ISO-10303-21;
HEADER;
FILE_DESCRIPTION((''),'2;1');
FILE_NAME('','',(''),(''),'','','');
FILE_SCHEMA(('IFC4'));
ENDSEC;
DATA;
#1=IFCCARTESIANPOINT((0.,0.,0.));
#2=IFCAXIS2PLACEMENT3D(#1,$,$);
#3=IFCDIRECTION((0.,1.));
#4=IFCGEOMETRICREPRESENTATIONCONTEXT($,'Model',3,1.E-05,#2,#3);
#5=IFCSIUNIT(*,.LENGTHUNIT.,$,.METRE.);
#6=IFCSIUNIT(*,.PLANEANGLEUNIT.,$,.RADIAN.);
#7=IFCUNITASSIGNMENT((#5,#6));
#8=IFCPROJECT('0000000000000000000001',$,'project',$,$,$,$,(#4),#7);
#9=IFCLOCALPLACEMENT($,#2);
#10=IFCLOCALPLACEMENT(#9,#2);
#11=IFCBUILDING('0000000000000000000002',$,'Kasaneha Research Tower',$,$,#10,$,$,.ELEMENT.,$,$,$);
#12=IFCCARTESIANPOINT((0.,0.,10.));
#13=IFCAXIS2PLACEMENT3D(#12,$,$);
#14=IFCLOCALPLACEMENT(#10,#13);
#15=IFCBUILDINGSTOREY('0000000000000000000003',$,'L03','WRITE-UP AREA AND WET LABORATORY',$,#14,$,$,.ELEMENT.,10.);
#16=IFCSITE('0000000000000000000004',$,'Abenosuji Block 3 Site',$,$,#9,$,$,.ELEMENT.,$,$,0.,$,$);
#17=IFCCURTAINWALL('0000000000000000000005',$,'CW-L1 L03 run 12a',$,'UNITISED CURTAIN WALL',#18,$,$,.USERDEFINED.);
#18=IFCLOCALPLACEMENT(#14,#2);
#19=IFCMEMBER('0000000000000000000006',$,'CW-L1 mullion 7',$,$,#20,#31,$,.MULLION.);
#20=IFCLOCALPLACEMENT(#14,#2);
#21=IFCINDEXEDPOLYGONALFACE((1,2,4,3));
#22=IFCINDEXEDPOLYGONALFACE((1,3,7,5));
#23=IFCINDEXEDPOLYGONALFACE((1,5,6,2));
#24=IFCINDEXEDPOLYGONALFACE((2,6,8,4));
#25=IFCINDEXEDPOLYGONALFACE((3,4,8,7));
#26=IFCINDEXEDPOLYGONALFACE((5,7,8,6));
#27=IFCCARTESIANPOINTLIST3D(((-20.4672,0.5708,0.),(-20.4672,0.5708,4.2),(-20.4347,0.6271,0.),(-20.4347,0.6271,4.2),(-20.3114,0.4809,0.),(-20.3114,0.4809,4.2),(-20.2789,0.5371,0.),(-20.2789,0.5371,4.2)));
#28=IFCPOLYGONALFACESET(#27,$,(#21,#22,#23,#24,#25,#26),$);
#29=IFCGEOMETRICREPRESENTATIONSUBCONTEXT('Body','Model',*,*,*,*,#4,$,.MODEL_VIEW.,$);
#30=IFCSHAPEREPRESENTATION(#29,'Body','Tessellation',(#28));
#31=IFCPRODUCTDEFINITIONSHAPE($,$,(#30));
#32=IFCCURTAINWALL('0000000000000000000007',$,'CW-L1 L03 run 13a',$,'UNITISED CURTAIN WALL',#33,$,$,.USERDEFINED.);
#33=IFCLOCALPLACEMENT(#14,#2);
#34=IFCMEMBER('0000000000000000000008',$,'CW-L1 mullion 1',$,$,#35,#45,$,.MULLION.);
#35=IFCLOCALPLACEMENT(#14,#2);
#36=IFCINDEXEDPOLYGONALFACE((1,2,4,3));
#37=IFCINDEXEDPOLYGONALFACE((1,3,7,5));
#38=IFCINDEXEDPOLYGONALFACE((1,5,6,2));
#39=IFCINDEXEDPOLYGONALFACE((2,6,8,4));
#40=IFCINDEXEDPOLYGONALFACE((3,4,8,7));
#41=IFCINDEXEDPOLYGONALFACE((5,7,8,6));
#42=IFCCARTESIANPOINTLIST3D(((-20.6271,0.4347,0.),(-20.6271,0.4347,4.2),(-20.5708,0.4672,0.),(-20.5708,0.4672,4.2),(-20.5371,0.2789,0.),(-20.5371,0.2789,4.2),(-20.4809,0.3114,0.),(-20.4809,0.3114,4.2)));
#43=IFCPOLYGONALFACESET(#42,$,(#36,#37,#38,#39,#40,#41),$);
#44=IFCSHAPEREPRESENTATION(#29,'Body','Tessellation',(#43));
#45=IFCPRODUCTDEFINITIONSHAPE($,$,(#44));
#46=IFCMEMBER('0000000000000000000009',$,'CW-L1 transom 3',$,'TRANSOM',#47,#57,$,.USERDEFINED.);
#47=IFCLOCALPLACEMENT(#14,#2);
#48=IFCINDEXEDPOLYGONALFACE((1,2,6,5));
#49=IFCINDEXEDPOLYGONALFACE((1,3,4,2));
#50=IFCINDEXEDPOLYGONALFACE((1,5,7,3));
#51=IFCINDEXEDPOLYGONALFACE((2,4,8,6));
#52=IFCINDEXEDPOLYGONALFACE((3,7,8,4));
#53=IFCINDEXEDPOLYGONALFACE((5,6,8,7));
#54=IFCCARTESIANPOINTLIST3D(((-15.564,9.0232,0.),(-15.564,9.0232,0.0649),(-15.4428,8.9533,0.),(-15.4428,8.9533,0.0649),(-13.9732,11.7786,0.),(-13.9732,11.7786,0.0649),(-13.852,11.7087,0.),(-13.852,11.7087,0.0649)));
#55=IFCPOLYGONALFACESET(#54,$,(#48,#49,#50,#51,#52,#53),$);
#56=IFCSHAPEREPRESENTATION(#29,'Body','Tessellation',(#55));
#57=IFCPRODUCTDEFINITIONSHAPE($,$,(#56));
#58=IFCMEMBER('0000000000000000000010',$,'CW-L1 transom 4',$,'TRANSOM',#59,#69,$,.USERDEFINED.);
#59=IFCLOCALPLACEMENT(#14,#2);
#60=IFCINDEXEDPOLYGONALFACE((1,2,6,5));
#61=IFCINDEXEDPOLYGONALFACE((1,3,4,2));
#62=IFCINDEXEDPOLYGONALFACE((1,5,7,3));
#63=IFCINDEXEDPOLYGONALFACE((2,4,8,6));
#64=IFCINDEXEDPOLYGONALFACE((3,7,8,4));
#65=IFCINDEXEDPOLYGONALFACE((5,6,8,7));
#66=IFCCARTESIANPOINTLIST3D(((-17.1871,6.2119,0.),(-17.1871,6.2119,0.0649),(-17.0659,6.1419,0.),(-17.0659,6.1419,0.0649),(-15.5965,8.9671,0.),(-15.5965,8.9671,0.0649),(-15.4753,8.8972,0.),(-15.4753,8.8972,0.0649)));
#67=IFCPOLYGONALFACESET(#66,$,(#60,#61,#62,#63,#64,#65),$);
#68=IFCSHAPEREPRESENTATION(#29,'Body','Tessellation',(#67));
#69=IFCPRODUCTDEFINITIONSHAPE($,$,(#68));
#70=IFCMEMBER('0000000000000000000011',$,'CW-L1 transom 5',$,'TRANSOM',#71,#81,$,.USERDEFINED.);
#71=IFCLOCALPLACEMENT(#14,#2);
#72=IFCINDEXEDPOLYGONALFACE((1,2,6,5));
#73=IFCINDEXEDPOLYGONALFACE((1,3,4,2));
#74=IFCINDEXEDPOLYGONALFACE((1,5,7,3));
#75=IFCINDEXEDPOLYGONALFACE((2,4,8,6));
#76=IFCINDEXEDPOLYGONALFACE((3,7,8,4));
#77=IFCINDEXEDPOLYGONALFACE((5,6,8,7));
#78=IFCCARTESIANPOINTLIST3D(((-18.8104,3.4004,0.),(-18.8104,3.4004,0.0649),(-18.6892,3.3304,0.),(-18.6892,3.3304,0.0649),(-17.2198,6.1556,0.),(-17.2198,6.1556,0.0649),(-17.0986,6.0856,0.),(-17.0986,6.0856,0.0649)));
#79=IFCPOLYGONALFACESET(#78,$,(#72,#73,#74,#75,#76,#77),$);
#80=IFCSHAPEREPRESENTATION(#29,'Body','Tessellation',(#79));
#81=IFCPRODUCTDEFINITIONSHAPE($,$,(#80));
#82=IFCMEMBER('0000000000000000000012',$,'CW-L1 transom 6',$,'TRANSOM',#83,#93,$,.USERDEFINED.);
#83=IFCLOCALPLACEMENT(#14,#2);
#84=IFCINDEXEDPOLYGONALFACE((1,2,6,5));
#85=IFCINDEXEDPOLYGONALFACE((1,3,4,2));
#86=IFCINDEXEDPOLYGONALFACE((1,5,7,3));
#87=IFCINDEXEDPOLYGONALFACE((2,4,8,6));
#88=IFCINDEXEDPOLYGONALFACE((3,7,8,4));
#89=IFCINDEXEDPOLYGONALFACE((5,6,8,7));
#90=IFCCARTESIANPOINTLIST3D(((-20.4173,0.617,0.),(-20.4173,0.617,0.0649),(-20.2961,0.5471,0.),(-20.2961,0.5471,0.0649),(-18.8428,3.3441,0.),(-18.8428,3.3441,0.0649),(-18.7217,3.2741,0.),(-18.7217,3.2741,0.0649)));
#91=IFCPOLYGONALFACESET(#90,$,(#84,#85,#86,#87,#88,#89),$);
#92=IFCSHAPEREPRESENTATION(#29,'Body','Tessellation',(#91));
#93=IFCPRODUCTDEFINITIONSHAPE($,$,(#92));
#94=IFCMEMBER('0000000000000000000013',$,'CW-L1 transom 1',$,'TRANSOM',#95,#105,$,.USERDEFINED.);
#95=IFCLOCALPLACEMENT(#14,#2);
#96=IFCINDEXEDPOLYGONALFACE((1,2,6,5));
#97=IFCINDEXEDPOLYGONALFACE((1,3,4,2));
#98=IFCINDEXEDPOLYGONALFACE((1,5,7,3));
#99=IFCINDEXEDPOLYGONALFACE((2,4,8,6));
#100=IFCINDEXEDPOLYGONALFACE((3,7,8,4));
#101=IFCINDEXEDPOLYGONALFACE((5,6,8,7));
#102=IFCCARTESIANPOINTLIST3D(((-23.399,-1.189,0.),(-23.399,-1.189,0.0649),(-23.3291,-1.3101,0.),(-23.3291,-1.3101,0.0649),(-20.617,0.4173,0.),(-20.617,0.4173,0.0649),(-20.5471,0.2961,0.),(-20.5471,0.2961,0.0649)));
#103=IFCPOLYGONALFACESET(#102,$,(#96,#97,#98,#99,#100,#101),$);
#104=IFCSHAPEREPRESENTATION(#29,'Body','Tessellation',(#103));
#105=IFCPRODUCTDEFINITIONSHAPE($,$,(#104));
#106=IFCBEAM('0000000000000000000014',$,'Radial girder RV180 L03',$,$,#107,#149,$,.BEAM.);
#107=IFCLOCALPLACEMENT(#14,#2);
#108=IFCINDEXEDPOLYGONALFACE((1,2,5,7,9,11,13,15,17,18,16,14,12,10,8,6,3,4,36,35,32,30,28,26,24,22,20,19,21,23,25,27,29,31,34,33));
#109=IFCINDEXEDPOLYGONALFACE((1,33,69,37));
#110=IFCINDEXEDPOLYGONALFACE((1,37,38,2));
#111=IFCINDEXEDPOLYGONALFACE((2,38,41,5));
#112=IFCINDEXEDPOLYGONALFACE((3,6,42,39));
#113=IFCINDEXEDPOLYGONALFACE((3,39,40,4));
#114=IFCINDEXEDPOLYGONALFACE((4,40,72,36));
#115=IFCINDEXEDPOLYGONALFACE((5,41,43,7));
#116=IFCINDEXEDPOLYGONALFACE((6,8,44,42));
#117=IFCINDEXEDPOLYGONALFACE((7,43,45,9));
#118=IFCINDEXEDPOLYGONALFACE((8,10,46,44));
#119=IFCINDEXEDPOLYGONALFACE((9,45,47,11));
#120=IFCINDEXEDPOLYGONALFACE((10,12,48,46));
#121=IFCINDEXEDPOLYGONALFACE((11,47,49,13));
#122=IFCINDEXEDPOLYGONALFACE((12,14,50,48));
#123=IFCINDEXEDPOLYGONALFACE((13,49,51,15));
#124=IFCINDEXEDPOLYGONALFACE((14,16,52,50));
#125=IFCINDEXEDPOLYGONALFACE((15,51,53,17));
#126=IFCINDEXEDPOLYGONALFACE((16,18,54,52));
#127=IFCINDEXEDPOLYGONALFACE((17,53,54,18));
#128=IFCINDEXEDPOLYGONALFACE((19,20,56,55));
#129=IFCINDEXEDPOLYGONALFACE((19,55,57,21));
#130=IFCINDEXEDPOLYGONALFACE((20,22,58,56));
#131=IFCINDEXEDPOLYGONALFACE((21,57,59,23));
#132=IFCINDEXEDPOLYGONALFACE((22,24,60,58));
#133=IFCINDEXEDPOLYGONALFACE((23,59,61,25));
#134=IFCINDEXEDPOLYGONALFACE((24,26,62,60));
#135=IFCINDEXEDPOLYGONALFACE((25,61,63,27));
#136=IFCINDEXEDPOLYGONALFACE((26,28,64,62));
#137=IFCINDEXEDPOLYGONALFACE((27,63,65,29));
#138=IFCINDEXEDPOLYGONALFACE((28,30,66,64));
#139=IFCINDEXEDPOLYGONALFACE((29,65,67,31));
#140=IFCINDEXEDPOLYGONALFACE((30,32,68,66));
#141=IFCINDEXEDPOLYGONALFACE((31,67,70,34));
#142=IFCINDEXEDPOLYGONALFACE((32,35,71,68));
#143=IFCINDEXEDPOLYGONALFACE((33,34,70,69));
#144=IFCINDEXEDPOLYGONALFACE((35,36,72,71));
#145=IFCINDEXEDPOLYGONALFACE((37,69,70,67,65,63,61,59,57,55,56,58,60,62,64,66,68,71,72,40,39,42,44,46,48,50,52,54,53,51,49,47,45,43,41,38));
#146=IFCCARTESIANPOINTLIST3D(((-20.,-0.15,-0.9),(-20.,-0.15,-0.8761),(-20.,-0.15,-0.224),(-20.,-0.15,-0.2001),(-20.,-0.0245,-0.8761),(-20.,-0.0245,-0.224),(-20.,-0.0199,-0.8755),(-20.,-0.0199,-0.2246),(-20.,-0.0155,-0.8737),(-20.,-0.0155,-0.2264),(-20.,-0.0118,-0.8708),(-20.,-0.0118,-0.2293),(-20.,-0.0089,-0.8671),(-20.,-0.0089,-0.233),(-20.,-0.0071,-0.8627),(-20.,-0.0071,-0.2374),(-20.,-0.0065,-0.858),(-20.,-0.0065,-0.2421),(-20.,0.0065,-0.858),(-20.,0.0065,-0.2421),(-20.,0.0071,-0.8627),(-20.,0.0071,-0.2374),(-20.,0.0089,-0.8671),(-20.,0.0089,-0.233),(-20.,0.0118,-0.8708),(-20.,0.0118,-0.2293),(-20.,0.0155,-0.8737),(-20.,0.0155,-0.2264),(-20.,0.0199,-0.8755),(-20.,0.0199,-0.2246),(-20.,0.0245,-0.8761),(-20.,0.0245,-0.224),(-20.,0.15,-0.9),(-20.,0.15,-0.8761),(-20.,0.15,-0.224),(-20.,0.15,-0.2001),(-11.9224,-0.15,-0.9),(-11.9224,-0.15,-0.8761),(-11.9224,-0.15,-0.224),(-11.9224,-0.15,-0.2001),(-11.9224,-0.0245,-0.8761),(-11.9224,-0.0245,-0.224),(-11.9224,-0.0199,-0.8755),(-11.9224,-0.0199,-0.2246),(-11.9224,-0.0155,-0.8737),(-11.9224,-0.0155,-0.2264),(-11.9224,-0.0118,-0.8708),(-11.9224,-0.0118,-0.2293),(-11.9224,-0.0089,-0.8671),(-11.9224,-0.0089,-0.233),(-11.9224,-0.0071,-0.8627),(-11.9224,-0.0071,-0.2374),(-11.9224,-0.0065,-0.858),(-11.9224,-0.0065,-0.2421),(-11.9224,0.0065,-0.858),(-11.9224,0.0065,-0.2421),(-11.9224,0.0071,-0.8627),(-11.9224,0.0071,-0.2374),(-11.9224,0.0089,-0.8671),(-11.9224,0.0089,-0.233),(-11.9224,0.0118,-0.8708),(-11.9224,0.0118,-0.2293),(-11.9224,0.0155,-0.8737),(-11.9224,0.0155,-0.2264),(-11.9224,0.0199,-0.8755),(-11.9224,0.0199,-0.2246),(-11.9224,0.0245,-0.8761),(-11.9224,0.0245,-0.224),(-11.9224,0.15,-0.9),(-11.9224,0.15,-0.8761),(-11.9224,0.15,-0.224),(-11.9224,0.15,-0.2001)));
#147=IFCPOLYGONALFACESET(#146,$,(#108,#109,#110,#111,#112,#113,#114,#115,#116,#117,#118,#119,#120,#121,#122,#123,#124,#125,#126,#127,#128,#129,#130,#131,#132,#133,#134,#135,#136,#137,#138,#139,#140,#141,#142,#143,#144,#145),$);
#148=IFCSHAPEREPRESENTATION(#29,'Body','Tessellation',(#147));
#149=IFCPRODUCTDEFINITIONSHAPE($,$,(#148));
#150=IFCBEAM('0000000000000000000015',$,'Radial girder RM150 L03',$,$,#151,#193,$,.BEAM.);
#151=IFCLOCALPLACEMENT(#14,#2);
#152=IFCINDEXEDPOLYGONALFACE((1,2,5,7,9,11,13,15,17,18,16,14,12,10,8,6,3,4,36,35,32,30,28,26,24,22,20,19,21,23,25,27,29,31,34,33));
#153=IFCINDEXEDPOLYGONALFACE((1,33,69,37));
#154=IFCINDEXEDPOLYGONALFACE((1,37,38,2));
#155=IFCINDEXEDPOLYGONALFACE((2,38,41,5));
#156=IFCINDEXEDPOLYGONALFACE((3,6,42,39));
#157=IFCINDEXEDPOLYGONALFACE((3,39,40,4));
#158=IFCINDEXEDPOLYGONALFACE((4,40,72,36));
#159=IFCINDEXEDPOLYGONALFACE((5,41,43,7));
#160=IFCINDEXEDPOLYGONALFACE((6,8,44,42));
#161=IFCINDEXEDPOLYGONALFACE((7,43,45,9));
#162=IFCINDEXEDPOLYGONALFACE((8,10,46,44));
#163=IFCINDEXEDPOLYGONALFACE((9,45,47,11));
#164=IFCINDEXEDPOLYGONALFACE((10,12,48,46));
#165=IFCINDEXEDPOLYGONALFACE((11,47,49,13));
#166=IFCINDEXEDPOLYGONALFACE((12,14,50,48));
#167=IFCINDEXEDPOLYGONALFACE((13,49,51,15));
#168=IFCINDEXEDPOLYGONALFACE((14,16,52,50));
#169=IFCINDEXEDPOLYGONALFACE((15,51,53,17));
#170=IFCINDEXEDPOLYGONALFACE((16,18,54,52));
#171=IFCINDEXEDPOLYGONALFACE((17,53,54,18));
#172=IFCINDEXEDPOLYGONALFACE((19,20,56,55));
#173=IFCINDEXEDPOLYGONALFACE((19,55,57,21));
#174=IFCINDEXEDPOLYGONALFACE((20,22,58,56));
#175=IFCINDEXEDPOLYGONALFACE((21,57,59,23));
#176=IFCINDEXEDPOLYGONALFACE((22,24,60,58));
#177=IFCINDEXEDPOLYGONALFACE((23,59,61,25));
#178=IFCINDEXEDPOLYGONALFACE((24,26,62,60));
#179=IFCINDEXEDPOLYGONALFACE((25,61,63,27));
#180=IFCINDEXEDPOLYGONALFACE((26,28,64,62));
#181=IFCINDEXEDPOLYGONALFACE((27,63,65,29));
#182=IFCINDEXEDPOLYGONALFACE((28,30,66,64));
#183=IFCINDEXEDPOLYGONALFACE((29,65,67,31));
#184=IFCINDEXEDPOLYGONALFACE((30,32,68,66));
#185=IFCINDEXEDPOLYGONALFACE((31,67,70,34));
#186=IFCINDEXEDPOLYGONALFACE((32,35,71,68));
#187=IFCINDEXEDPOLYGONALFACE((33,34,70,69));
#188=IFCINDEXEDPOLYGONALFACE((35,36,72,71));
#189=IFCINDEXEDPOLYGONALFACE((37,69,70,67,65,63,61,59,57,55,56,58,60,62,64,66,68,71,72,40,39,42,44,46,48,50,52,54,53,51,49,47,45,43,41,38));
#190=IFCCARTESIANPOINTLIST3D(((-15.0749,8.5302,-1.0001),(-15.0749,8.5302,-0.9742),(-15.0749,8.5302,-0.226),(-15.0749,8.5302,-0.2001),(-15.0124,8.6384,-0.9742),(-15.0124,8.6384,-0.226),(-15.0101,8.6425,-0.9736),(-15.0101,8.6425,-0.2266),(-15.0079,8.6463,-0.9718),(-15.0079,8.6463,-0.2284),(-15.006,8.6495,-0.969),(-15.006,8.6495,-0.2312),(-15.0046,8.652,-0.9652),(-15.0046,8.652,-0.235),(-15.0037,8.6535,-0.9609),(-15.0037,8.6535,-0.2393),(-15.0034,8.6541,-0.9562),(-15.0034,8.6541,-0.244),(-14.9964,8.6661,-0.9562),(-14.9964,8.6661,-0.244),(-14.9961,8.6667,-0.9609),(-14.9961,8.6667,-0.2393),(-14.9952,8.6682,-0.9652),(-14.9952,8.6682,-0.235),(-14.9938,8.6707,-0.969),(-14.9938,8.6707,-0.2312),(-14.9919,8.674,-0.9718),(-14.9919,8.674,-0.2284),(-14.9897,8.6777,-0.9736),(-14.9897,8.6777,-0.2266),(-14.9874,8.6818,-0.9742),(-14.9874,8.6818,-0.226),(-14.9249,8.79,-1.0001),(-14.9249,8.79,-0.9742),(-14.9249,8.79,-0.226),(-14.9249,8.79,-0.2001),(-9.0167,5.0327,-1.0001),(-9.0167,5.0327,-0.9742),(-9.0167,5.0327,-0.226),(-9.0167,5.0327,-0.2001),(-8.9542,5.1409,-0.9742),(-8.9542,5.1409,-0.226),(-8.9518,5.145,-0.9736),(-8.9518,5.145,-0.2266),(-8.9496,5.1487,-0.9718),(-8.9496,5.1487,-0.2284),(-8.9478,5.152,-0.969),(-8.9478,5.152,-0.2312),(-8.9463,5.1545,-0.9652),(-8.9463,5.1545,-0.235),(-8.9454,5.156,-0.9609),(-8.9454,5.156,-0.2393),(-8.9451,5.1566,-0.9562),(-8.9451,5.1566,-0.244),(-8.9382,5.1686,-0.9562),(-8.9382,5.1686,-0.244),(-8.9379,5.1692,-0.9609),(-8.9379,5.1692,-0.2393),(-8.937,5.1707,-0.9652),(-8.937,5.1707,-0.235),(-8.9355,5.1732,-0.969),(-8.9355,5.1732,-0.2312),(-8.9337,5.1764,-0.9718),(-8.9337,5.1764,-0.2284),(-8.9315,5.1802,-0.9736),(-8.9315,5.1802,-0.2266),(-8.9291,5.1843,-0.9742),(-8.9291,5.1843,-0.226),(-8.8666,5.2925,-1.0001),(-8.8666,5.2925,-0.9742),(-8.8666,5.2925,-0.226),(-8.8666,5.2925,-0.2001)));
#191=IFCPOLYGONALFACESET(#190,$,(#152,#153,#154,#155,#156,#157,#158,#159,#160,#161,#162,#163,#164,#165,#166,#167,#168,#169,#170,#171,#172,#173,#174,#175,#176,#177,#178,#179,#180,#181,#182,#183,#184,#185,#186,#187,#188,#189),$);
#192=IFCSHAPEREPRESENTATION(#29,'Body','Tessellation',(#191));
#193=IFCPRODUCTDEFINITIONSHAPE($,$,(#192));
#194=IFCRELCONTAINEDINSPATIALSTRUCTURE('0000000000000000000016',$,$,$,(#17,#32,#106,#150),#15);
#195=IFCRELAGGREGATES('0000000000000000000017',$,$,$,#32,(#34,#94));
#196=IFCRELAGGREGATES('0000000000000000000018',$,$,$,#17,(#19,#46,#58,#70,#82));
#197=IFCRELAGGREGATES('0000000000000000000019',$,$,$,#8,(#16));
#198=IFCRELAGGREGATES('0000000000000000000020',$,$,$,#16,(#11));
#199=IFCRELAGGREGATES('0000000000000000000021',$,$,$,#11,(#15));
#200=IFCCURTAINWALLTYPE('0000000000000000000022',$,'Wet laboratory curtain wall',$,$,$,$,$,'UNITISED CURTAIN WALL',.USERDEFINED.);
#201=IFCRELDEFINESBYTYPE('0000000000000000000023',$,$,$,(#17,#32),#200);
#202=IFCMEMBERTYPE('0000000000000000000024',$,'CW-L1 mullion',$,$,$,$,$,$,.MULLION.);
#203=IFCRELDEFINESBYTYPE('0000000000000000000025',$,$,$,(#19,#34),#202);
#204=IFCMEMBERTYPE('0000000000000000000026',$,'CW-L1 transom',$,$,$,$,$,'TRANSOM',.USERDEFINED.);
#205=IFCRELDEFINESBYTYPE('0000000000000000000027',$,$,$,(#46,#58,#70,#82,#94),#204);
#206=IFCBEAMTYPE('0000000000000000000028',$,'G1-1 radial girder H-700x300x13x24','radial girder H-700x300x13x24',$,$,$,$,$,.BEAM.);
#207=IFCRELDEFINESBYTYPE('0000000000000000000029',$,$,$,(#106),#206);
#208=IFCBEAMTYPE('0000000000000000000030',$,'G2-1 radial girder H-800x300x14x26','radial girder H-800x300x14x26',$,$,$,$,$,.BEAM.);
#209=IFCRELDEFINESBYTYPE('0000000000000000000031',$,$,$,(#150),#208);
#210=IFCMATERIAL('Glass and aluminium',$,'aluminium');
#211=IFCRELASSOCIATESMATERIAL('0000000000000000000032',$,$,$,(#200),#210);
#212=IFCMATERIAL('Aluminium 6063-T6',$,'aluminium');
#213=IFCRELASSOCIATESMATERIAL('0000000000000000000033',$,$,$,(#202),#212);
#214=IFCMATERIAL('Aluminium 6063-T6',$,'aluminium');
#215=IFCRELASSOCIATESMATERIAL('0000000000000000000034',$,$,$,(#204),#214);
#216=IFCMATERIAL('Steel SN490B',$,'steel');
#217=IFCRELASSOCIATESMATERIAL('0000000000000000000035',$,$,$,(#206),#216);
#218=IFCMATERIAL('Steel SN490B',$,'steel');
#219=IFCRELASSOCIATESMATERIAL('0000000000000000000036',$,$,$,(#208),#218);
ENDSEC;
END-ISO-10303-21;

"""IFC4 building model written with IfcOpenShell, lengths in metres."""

from ifc_helpers import new_model, si_unit, direction, frame, origin, origin_2d, place, context, subcontext, project, spatial, rectangle, i_section, extrude, material, material_profile, profile_set, type_object, element, aggregate, save


model = new_model("IFC4")

# Units and contexts
model_context = context("Model", 3, precision=1e-05, world=origin(), true_north=direction((0.0, 1.0)))
body_context = subcontext(model_context, "Body", "Model", "MODEL_VIEW")
ifc_project = project(units=[si_unit("LENGTHUNIT", "METRE"), si_unit("PLANEANGLEUNIT", "RADIAN")], contexts=[model_context])

# Site, building, storey
site_placement = place(None, origin())
site = spatial("IfcSite", under=ifc_project, at=site_placement, Name="Abenosuji Block 3 Site", CompositionType="ELEMENT", RefElevation=0.0)
building_placement = place(site_placement, origin())
building = spatial("IfcBuilding", under=site, at=building_placement, Name="Kasaneha Research Tower", CompositionType="ELEMENT")
storey_placement = place(building_placement, frame((0.0, 0.0, 10.0)))
storey = spatial("IfcBuildingStorey", under=building, at=storey_placement, Name="L03", Description="WRITE-UP AREA AND WET LABORATORY", CompositionType="ELEMENT", Elevation=10.0)

# Curtain wall, member
ifc_material_1 = material(Name="Glass and aluminium", Category="aluminium")
curtain_wall_type = type_object("IfcCurtainWallType", Name="Wet laboratory curtain wall", ElementType="UNITISED CURTAIN WALL", PredefinedType="USERDEFINED", material=ifc_material_1)
curtain_wall_1_placement = place(storey_placement, origin())
curtain_wall_1 = element("IfcCurtainWall", 1, at=curtain_wall_1_placement, inside=storey, type_object=curtain_wall_type, Name="CW-L1 L03 run 12a", ObjectType="UNITISED CURTAIN WALL", PredefinedType="USERDEFINED")
ifc_material_2 = material(Name="Aluminium 6063-T6", Category="aluminium")
ifc_material_profile_1 = material_profile(ifc_material_2, rectangle(XDim=0.0649, YDim=0.1799, at=origin_2d()), Name="CW-L1 mullion 65x180")
ifc_profile_set_1 = profile_set([ifc_material_profile_1], Name="Aluminium 6063-T6")
member_type_1 = type_object("IfcMemberType", Name="CW-L1 mullion", PredefinedType="MULLION", material=ifc_profile_set_1)
member_1_placement = place(storey_placement, frame((-20.373, 0.554, 0.0), z_axis=(0.0, 0.0, 1.0), x_axis=(-0.5, -0.866025, 0.0)))
member_1 = element("IfcMember", 2, at=member_1_placement, type_object=member_type_1, Name="CW-L1 mullion 7", PredefinedType="MULLION", context=body_context, shape_type="SweptSolid", body=[
    extrude(rectangle(XDim=0.0649, YDim=0.1799, at=origin_2d()), origin(), (0.0, 0.0, 1.0), 4.2),
])

# Curtain wall, member
curtain_wall_2_placement = place(storey_placement, origin())
curtain_wall_2 = element("IfcCurtainWall", 3, at=curtain_wall_2_placement, inside=storey, type_object=curtain_wall_type, Name="CW-L1 L03 run 13a", ObjectType="UNITISED CURTAIN WALL", PredefinedType="USERDEFINED")
member_2_placement = place(storey_placement, frame((-20.554, 0.373, 0.0), z_axis=(0.0, 0.0, 1.0), x_axis=(-0.866025, -0.5, 0.0)))
member_2 = element("IfcMember", 4, at=member_2_placement, type_object=member_type_1, Name="CW-L1 mullion 1", PredefinedType="MULLION", context=body_context, shape_type="SweptSolid", body=[
    extrude(rectangle(XDim=0.0649, YDim=0.1799, at=origin_2d()), origin(), (0.0, 0.0, 1.0), 4.2),
])

# Members
ifc_material_3 = material(Name="Aluminium 6063-T6", Category="aluminium")
ifc_material_profile_2 = material_profile(ifc_material_3, rectangle(XDim=0.1399, YDim=0.0649, at=origin_2d()), Name="CW-L1 transom 140x65")
ifc_profile_set_2 = profile_set([ifc_material_profile_2], Name="Aluminium 6063-T6")
member_type_2 = type_object("IfcMemberType", Name="CW-L1 transom", ElementType="TRANSOM", PredefinedType="USERDEFINED", material=ifc_profile_set_2)
member_3_placement = place(storey_placement, frame((-13.9126, 11.7437, 0.0325), z_axis=(-0.500001, -0.866025, 0.0), x_axis=(0.866025, -0.500001, 0.0)))
member_3 = element("IfcMember", 5, at=member_3_placement, type_object=member_type_2, Name="CW-L1 transom 3", ObjectType="TRANSOM", PredefinedType="USERDEFINED", context=body_context, shape_type="SweptSolid", body=[
    extrude(rectangle(XDim=0.1399, YDim=0.0649, at=origin_2d()), origin(), (0.0, 0.0, 1.0), 3.1816),
])
member_4_placement = place(storey_placement, frame((-15.5359, 8.9321, 0.0325), z_axis=(-0.499977, -0.866039, 0.0), x_axis=(0.866039, -0.499977, 0.0)))
member_4 = element("IfcMember", 6, at=member_4_placement, type_object=member_type_2, Name="CW-L1 transom 4", ObjectType="TRANSOM", PredefinedType="USERDEFINED", context=body_context, shape_type="SweptSolid", body=[
    extrude(rectangle(XDim=0.1399, YDim=0.0649, at=origin_2d()), origin(), (0.0, 0.0, 1.0), 3.1814),
])
member_5_placement = place(storey_placement, frame((-17.1592, 6.1206, 0.0325), z_axis=(-0.499977, -0.866039, 0.0), x_axis=(0.866039, -0.499977, 0.0)))
member_5 = element("IfcMember", 7, at=member_5_placement, type_object=member_type_2, Name="CW-L1 transom 5", ObjectType="TRANSOM", PredefinedType="USERDEFINED", context=body_context, shape_type="SweptSolid", body=[
    extrude(rectangle(XDim=0.1399, YDim=0.0649, at=origin_2d()), origin(), (0.0, 0.0, 1.0), 3.1814),
])
member_6_placement = place(storey_placement, frame((-18.7822, 3.3091, 0.0325), z_axis=(-0.5, -0.866025, 0.0), x_axis=(0.866025, -0.5, 0.0)))
member_6 = element("IfcMember", 8, at=member_6_placement, type_object=member_type_2, Name="CW-L1 transom 6", ObjectType="TRANSOM", PredefinedType="USERDEFINED", context=body_context, shape_type="SweptSolid", body=[
    extrude(rectangle(XDim=0.1399, YDim=0.0649, at=origin_2d()), origin(), (0.0, 0.0, 1.0), 3.1489),
])
member_7_placement = place(storey_placement, frame((-20.582, 0.3567, 0.0325), z_axis=(-0.866022, -0.500005, 0.0), x_axis=(0.500005, -0.866022, 0.0)))
member_7 = element("IfcMember", 9, at=member_7_placement, type_object=member_type_2, Name="CW-L1 transom 1", ObjectType="TRANSOM", PredefinedType="USERDEFINED", context=body_context, shape_type="SweptSolid", body=[
    extrude(rectangle(XDim=0.1399, YDim=0.0649, at=origin_2d()), origin(), (0.0, 0.0, 1.0), 3.2124),
])
aggregate(curtain_wall_2, [member_2, member_7])

# Beams
ifc_material_4 = material(Name="Steel SN490B", Category="steel")
ifc_material_profile_3 = material_profile(ifc_material_4, i_section(OverallWidth=0.3, OverallDepth=0.7, WebThickness=0.0129, FlangeThickness=0.0239, FilletRadius=0.0181, at=origin_2d()), Name="H-700x300x13x24")
ifc_profile_set_3 = profile_set([ifc_material_profile_3], Name="Steel SN490B")
beam_type_1 = type_object("IfcBeamType", Name="G1-1 radial girder H-700x300x13x24", Description="radial girder H-700x300x13x24", PredefinedType="BEAM", material=ifc_profile_set_3)
beam_1_placement = place(storey_placement, frame((-11.9224, 0.0, -0.55), z_axis=(-1.0, 0.0, 0.0), x_axis=(0.0, -1.0, 0.0)))
element("IfcBeam", 10, at=beam_1_placement, inside=storey, type_object=beam_type_1, Name="Radial girder RV180 L03", PredefinedType="BEAM", context=body_context, shape_type="SweptSolid", body=[
    extrude(i_section(OverallWidth=0.3, OverallDepth=0.7, WebThickness=0.0129, FlangeThickness=0.0239, FilletRadius=0.0181, at=origin_2d()), origin(), (0.0, 0.0, 1.0), 8.0776),
])
ifc_material_5 = material(Name="Steel SN490B", Category="steel")
ifc_material_profile_4 = material_profile(ifc_material_5, i_section(OverallWidth=0.3, OverallDepth=0.8, WebThickness=0.0139, FlangeThickness=0.0259, FilletRadius=0.0181, at=origin_2d()), Name="H-800x300x14x26")
ifc_profile_set_4 = profile_set([ifc_material_profile_4], Name="Steel SN490B")
beam_type_2 = type_object("IfcBeamType", Name="G2-1 radial girder H-800x300x14x26", Description="radial girder H-800x300x14x26", PredefinedType="BEAM", material=ifc_profile_set_4)
beam_2_placement = place(storey_placement, frame((-8.9417, 5.1626, -0.6001), z_axis=(-0.86604, 0.499975, 0.0), x_axis=(-0.499975, -0.86604, 0.0)))
element("IfcBeam", 11, at=beam_2_placement, inside=storey, type_object=beam_type_2, Name="Radial girder RM150 L03", PredefinedType="BEAM", context=body_context, shape_type="SweptSolid", body=[
    extrude(i_section(OverallWidth=0.3, OverallDepth=0.8, WebThickness=0.0139, FlangeThickness=0.0259, FilletRadius=0.0181, at=origin_2d()), origin(), (0.0, 0.0, 1.0), 6.9954),
])

aggregate(curtain_wall_1, [member_1, member_3, member_4, member_5, member_6])

save(model, "model.ifc")
